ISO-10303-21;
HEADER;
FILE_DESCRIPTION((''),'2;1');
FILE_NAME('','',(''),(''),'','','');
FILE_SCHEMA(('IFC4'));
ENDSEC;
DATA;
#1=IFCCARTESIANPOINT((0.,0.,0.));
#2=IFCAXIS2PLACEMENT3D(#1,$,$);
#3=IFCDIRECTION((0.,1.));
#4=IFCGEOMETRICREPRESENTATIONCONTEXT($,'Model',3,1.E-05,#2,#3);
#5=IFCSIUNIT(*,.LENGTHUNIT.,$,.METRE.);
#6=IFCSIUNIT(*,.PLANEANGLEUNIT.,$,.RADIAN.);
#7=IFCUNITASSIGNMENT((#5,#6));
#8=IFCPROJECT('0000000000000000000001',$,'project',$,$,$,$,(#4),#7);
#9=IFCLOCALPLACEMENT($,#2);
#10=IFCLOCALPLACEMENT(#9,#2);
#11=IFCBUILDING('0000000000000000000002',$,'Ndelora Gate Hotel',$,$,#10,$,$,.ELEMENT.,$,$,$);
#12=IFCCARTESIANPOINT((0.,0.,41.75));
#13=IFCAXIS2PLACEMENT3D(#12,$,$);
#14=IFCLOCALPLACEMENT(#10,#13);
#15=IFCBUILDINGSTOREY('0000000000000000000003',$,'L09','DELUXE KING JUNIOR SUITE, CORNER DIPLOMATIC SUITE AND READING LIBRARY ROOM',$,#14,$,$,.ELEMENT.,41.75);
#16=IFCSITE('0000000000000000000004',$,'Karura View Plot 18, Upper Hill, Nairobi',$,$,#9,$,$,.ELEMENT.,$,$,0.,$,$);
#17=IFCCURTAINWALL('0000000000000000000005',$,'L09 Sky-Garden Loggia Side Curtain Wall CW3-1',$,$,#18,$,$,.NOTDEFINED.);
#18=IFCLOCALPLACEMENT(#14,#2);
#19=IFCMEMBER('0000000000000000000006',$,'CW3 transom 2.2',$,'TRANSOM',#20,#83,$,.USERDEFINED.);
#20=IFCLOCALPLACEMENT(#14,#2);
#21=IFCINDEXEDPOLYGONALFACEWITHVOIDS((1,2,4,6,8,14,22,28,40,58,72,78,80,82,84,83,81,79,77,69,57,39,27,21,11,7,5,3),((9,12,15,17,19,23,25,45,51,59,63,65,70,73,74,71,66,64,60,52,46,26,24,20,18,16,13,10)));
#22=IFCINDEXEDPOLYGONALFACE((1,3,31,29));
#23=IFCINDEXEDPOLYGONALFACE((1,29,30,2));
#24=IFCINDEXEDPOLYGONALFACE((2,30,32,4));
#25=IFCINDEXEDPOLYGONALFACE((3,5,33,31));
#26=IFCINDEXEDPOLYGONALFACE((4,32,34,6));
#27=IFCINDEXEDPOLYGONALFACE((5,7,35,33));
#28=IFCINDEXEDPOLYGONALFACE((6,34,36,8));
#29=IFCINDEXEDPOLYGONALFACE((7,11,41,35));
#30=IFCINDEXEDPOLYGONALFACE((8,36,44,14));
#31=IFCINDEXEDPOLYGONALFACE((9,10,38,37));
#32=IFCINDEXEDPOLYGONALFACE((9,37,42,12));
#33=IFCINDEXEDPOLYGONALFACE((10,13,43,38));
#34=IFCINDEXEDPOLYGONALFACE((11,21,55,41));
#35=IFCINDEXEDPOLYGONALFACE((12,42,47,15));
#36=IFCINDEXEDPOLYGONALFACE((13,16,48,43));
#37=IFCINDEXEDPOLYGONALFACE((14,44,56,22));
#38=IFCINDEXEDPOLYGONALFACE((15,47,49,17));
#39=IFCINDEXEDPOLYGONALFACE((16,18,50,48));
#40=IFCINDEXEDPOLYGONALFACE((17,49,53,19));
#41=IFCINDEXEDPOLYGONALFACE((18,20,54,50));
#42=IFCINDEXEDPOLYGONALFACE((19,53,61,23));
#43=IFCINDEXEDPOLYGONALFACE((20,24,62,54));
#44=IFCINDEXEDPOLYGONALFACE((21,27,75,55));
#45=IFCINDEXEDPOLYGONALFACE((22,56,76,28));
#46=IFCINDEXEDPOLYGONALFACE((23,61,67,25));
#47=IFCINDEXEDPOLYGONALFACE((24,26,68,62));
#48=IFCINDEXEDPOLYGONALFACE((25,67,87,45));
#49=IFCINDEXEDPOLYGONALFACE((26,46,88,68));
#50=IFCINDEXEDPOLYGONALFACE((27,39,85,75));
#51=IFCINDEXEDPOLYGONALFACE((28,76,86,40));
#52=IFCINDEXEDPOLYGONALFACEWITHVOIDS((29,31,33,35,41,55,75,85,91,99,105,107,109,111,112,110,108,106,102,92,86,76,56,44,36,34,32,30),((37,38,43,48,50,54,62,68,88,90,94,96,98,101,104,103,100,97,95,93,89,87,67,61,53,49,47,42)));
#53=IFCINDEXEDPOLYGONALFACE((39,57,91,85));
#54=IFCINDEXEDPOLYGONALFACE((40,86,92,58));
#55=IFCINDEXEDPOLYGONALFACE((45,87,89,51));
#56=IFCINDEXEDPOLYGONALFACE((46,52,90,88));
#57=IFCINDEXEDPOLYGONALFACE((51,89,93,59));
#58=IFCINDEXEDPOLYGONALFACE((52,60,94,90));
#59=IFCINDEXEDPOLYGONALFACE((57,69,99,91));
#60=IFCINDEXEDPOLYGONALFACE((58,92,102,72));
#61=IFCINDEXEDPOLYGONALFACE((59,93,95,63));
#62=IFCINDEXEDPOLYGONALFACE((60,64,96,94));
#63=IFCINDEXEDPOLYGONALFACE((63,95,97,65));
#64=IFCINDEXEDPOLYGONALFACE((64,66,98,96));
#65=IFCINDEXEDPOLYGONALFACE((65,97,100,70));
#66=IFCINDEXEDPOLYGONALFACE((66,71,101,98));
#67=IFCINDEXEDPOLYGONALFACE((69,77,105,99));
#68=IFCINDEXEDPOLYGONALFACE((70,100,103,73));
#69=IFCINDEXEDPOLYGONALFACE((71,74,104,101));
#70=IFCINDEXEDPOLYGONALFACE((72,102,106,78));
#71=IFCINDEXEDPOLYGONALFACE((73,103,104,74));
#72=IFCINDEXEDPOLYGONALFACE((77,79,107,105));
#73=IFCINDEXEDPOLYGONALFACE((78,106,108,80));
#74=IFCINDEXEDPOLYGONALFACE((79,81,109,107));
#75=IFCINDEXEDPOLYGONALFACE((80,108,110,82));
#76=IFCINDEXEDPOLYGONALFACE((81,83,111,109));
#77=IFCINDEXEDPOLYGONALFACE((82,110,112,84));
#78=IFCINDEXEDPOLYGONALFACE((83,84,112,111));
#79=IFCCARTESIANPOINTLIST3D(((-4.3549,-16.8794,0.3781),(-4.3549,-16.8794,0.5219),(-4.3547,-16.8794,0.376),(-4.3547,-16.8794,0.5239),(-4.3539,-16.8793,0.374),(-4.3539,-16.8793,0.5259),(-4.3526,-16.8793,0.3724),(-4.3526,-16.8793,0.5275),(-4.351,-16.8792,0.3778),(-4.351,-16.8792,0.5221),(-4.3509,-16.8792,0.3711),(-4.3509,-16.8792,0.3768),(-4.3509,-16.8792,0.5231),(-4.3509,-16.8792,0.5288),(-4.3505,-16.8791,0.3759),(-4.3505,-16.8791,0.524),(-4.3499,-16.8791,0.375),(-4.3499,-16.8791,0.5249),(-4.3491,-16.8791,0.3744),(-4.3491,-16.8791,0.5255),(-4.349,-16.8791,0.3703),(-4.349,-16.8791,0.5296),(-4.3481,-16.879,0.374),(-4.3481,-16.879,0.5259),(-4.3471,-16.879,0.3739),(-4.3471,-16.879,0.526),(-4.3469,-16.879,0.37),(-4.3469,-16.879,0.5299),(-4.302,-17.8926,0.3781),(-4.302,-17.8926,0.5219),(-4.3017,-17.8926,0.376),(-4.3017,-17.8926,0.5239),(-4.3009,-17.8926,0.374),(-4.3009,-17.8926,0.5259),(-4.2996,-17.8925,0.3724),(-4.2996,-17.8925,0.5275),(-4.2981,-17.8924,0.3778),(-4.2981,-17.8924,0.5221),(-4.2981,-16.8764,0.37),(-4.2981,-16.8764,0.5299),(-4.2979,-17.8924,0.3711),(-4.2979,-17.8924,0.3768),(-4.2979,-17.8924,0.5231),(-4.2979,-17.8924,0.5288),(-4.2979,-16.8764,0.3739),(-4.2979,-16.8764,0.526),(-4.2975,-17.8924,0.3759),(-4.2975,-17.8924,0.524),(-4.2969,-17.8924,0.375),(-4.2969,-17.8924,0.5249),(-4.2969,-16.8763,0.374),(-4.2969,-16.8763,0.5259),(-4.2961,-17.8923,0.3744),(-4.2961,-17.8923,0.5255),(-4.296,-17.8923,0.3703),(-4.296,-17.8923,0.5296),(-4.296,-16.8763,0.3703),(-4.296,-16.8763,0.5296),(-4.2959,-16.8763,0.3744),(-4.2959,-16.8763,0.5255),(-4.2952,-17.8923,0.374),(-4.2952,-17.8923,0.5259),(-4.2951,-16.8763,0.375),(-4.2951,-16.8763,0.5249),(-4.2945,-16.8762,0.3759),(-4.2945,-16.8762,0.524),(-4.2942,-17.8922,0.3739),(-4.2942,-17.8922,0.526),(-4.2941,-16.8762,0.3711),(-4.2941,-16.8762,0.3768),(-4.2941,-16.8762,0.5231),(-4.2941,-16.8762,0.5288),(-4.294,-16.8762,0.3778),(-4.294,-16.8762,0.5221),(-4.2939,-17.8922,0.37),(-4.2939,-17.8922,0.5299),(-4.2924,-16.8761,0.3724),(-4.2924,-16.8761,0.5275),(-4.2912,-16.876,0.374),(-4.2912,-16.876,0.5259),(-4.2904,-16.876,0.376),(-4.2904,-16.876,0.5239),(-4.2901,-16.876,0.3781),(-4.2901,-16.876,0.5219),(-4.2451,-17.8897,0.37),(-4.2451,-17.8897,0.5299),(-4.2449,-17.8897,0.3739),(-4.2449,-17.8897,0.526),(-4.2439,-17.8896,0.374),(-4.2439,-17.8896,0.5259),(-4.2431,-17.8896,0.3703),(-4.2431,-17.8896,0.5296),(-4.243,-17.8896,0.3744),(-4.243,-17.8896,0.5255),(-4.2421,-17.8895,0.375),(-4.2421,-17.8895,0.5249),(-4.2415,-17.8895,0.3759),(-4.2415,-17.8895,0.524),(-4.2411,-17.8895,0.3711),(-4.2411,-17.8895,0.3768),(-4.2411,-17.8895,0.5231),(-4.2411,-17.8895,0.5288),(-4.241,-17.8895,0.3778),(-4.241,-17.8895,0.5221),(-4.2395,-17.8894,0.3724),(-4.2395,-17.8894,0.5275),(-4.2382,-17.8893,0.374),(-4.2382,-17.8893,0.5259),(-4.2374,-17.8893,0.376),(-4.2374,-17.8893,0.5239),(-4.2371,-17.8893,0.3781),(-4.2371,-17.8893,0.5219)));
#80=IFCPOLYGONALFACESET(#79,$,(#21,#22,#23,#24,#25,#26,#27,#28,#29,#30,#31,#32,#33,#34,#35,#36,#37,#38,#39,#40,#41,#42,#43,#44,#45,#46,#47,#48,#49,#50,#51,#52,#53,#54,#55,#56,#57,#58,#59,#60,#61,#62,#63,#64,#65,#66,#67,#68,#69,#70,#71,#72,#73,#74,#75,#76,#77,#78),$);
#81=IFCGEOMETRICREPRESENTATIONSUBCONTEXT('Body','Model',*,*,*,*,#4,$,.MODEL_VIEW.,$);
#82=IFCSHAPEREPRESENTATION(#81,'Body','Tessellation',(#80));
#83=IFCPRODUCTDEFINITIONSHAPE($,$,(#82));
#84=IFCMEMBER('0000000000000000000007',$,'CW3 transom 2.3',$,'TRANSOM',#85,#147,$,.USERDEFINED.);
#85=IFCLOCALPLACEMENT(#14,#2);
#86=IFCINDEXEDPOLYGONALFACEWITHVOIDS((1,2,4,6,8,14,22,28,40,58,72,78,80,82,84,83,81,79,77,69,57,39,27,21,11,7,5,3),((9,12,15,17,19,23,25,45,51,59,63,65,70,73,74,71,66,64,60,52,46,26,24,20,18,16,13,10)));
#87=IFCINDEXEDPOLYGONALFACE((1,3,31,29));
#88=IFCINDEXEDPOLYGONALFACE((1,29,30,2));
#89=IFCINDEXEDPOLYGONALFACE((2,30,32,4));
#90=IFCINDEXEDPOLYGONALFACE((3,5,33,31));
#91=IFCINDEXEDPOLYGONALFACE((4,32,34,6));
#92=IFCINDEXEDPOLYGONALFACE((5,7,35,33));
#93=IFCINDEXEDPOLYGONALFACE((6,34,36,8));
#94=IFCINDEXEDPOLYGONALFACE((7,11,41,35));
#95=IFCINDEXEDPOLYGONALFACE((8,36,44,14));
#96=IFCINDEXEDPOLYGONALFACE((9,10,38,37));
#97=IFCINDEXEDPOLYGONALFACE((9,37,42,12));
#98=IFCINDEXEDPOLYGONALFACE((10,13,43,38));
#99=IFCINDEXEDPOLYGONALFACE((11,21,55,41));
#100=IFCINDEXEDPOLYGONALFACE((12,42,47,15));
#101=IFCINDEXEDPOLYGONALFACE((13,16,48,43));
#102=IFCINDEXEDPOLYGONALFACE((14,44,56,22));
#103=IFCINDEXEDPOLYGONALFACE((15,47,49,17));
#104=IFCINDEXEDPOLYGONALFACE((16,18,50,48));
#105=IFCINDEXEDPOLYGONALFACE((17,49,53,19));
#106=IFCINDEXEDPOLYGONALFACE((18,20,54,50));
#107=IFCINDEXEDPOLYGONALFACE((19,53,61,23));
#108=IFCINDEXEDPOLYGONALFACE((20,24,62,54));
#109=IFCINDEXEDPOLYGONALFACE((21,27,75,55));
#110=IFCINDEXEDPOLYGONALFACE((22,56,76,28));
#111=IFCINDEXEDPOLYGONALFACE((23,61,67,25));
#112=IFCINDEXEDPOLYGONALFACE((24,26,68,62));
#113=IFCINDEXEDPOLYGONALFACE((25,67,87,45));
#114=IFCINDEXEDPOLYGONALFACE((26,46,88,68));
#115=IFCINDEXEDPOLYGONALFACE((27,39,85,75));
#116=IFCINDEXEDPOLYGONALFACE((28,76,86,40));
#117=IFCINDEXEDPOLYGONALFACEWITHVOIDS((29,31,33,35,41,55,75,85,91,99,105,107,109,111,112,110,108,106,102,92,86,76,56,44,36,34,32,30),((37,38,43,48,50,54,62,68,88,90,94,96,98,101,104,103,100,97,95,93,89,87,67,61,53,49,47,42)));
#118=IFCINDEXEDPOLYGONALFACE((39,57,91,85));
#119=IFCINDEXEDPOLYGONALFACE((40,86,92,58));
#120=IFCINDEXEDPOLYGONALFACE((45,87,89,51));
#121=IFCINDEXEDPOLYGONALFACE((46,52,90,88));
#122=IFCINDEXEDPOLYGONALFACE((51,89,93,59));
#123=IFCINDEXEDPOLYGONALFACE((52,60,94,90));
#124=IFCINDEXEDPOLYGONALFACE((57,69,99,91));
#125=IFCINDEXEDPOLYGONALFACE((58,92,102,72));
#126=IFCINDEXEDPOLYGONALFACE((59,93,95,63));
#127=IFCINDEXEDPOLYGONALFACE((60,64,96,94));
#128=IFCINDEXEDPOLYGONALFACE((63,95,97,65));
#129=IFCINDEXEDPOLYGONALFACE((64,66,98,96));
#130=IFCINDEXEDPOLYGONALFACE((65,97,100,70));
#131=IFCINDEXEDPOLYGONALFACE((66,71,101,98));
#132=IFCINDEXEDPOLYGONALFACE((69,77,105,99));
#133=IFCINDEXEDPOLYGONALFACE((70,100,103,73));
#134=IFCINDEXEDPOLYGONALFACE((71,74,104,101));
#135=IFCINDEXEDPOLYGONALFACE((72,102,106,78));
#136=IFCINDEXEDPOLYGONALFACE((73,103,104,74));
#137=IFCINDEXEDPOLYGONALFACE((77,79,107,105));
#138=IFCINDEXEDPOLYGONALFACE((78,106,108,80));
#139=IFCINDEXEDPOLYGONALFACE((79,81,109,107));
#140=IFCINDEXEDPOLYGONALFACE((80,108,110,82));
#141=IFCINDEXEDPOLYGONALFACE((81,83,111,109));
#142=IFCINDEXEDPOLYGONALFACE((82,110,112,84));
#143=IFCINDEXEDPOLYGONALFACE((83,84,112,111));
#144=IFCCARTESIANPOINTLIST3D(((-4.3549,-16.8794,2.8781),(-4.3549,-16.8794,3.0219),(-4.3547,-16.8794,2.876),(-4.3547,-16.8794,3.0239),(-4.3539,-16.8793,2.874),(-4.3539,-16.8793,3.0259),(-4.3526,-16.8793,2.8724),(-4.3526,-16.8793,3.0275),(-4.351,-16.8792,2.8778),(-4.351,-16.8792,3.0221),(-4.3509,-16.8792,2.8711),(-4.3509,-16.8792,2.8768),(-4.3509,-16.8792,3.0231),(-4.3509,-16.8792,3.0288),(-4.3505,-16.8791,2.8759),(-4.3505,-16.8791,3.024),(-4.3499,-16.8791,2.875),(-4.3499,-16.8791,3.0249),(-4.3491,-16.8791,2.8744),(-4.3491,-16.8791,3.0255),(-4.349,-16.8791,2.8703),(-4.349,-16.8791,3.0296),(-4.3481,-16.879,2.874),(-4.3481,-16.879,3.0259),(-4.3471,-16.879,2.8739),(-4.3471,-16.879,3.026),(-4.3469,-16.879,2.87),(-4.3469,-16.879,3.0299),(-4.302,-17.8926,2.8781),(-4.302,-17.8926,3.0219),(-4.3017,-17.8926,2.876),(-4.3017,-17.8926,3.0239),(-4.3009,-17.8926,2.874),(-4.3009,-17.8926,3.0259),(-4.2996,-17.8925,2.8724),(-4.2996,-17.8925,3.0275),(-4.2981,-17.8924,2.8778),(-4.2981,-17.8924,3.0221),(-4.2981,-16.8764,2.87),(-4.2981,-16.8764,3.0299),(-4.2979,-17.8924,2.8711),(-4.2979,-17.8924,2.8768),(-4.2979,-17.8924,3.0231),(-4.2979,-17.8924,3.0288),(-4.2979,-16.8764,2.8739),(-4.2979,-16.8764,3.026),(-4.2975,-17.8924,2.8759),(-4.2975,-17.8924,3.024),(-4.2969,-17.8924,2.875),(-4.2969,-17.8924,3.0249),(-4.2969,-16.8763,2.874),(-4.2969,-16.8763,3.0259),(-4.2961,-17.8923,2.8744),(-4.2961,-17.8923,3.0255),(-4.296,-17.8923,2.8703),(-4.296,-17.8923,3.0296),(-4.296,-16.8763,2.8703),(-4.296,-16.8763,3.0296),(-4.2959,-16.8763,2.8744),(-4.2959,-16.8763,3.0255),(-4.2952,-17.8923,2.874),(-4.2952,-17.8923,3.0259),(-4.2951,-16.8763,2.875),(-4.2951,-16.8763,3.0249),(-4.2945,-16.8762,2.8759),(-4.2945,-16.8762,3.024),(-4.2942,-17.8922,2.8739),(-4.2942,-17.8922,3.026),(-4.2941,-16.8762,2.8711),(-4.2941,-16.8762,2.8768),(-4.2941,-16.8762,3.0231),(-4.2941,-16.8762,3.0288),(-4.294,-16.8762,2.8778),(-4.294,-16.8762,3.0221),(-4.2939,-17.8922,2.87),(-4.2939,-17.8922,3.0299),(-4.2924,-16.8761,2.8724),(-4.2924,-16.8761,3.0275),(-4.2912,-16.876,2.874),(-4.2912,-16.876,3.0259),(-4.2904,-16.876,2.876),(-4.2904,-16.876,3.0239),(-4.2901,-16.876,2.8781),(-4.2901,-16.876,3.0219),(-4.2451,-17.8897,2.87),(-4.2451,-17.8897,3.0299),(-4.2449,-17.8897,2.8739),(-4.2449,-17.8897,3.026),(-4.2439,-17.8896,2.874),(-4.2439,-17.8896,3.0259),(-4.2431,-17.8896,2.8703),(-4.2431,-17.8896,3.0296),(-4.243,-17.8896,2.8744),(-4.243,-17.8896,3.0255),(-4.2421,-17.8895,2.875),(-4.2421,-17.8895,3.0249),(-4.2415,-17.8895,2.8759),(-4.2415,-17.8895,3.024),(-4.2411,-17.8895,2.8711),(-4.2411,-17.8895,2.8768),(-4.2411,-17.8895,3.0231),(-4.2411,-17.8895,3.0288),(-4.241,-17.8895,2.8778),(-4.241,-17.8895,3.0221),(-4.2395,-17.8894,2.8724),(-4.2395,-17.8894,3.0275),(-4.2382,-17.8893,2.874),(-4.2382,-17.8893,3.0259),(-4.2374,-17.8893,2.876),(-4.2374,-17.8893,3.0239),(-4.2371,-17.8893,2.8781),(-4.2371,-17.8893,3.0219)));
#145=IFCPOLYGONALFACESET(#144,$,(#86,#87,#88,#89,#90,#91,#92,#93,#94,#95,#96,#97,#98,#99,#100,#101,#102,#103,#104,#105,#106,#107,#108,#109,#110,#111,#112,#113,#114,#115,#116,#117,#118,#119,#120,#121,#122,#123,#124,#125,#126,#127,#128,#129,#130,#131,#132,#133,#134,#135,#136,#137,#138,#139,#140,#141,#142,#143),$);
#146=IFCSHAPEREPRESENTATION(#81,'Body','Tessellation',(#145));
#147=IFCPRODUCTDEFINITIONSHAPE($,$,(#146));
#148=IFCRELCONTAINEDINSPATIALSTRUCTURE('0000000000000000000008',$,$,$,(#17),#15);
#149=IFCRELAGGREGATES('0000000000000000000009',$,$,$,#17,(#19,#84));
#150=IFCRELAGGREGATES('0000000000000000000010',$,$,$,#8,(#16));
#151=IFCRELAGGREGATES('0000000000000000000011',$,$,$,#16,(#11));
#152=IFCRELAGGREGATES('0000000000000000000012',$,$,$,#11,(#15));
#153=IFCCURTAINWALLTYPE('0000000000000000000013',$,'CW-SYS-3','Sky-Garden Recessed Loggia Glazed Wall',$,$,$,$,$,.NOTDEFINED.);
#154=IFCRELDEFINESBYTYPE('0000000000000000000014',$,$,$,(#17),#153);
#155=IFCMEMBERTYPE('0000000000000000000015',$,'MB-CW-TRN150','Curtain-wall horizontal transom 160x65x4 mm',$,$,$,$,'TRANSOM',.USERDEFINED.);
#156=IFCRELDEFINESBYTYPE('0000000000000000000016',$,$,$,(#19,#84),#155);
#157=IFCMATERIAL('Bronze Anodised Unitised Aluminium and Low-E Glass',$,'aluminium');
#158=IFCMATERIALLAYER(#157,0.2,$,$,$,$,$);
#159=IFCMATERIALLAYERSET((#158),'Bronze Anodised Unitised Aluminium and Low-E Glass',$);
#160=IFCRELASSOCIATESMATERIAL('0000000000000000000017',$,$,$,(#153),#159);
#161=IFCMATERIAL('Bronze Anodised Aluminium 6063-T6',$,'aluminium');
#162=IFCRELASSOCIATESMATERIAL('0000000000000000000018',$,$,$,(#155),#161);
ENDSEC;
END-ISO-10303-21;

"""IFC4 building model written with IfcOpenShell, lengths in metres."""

from ifc_helpers import new_model, si_unit, direction, frame, origin, origin_2d, place, context, subcontext, project, spatial, hollow_rectangle, extrude, material, layer, layer_set, material_profile, profile_set, type_object, element, aggregate, save


model = new_model("IFC4")

# Units and contexts
model_context = context("Model", 3, precision=1e-05, world=origin(), true_north=direction((0.0, 1.0)))
body_context = subcontext(model_context, "Body", "Model", "MODEL_VIEW")
ifc_project = project(units=[si_unit("LENGTHUNIT", "METRE"), si_unit("PLANEANGLEUNIT", "RADIAN")], contexts=[model_context])

# Site, building, storey
site_placement = place(None, origin())
site = spatial("IfcSite", under=ifc_project, at=site_placement, Name="Karura View Plot 18, Upper Hill, Nairobi", CompositionType="ELEMENT", RefElevation=0.0)
building_placement = place(site_placement, origin())
building = spatial("IfcBuilding", under=site, at=building_placement, Name="Ndelora Gate Hotel", CompositionType="ELEMENT")
storey_placement = place(building_placement, frame((0.0, 0.0, 41.75)))
storey = spatial("IfcBuildingStorey", under=building, at=storey_placement, Name="L09", Description="DELUXE KING JUNIOR SUITE, CORNER DIPLOMATIC SUITE AND READING LIBRARY ROOM", CompositionType="ELEMENT", Elevation=41.75)

# Curtain wall, members
ifc_material_1 = material(Name="Bronze Anodised Unitised Aluminium and Low-E Glass", Category="aluminium")
ifc_layer_1 = layer(ifc_material_1, 0.2)
ifc_layer_set_1 = layer_set([ifc_layer_1], Name="Bronze Anodised Unitised Aluminium and Low-E Glass")
curtain_wall_type = type_object("IfcCurtainWallType", Name="CW-SYS-3", Description="Sky-Garden Recessed Loggia Glazed Wall", PredefinedType="NOTDEFINED", material=ifc_layer_set_1)
curtain_wall_placement = place(storey_placement, origin())
curtain_wall = element("IfcCurtainWall", 1, at=curtain_wall_placement, inside=storey, type_object=curtain_wall_type, Name="L09 Sky-Garden Loggia Side Curtain Wall CW3-1", PredefinedType="NOTDEFINED")
ifc_material_2 = material(Name="Bronze Anodised Aluminium 6063-T6", Category="aluminium")
ifc_material_profile_1 = material_profile(ifc_material_2, hollow_rectangle(XDim=0.0649, YDim=0.1599, WallThickness=0.0039, InnerFilletRadius=0.0039, OuterFilletRadius=0.0081, at=origin_2d()), Name="ALU 160x65x4")
ifc_profile_set_1 = profile_set([ifc_material_profile_1], Name="Bronze Anodised Aluminium 6063-T6")
member_type_1 = type_object("IfcMemberType", Name="MB-CW-TRN150", Description="Curtain-wall horizontal transom 160x65x4 mm", ElementType="TRANSOM", PredefinedType="USERDEFINED", material=ifc_profile_set_1)
member_1_placement = place(storey_placement, frame((-4.3225, -16.8777, 0.45), z_axis=(0.052218, -0.998636, 0.0), x_axis=(0.998636, 0.052218, 0.0)))
member_1 = element("IfcMember", 2, at=member_1_placement, type_object=member_type_1, Name="CW3 transom 2.2", ObjectType="TRANSOM", PredefinedType="USERDEFINED", context=body_context, shape_type="SweptSolid", body=[
    extrude(hollow_rectangle(XDim=0.0649, YDim=0.1599, WallThickness=0.0039, InnerFilletRadius=0.0039, OuterFilletRadius=0.0081, at=origin_2d()), origin(), (0.0, 0.0, 1.0), 1.0146),
])
member_2_placement = place(storey_placement, frame((-4.3225, -16.8777, 2.95), z_axis=(0.052218, -0.998636, 0.0), x_axis=(0.998636, 0.052218, 0.0)))
member_2 = element("IfcMember", 3, at=member_2_placement, type_object=member_type_1, Name="CW3 transom 2.3", ObjectType="TRANSOM", PredefinedType="USERDEFINED", context=body_context, shape_type="SweptSolid", body=[
    extrude(hollow_rectangle(XDim=0.0649, YDim=0.1599, WallThickness=0.0039, InnerFilletRadius=0.0039, OuterFilletRadius=0.0081, at=origin_2d()), origin(), (0.0, 0.0, 1.0), 1.0146),
])
aggregate(curtain_wall, [member_1, member_2])

save(model, "model.ifc")
